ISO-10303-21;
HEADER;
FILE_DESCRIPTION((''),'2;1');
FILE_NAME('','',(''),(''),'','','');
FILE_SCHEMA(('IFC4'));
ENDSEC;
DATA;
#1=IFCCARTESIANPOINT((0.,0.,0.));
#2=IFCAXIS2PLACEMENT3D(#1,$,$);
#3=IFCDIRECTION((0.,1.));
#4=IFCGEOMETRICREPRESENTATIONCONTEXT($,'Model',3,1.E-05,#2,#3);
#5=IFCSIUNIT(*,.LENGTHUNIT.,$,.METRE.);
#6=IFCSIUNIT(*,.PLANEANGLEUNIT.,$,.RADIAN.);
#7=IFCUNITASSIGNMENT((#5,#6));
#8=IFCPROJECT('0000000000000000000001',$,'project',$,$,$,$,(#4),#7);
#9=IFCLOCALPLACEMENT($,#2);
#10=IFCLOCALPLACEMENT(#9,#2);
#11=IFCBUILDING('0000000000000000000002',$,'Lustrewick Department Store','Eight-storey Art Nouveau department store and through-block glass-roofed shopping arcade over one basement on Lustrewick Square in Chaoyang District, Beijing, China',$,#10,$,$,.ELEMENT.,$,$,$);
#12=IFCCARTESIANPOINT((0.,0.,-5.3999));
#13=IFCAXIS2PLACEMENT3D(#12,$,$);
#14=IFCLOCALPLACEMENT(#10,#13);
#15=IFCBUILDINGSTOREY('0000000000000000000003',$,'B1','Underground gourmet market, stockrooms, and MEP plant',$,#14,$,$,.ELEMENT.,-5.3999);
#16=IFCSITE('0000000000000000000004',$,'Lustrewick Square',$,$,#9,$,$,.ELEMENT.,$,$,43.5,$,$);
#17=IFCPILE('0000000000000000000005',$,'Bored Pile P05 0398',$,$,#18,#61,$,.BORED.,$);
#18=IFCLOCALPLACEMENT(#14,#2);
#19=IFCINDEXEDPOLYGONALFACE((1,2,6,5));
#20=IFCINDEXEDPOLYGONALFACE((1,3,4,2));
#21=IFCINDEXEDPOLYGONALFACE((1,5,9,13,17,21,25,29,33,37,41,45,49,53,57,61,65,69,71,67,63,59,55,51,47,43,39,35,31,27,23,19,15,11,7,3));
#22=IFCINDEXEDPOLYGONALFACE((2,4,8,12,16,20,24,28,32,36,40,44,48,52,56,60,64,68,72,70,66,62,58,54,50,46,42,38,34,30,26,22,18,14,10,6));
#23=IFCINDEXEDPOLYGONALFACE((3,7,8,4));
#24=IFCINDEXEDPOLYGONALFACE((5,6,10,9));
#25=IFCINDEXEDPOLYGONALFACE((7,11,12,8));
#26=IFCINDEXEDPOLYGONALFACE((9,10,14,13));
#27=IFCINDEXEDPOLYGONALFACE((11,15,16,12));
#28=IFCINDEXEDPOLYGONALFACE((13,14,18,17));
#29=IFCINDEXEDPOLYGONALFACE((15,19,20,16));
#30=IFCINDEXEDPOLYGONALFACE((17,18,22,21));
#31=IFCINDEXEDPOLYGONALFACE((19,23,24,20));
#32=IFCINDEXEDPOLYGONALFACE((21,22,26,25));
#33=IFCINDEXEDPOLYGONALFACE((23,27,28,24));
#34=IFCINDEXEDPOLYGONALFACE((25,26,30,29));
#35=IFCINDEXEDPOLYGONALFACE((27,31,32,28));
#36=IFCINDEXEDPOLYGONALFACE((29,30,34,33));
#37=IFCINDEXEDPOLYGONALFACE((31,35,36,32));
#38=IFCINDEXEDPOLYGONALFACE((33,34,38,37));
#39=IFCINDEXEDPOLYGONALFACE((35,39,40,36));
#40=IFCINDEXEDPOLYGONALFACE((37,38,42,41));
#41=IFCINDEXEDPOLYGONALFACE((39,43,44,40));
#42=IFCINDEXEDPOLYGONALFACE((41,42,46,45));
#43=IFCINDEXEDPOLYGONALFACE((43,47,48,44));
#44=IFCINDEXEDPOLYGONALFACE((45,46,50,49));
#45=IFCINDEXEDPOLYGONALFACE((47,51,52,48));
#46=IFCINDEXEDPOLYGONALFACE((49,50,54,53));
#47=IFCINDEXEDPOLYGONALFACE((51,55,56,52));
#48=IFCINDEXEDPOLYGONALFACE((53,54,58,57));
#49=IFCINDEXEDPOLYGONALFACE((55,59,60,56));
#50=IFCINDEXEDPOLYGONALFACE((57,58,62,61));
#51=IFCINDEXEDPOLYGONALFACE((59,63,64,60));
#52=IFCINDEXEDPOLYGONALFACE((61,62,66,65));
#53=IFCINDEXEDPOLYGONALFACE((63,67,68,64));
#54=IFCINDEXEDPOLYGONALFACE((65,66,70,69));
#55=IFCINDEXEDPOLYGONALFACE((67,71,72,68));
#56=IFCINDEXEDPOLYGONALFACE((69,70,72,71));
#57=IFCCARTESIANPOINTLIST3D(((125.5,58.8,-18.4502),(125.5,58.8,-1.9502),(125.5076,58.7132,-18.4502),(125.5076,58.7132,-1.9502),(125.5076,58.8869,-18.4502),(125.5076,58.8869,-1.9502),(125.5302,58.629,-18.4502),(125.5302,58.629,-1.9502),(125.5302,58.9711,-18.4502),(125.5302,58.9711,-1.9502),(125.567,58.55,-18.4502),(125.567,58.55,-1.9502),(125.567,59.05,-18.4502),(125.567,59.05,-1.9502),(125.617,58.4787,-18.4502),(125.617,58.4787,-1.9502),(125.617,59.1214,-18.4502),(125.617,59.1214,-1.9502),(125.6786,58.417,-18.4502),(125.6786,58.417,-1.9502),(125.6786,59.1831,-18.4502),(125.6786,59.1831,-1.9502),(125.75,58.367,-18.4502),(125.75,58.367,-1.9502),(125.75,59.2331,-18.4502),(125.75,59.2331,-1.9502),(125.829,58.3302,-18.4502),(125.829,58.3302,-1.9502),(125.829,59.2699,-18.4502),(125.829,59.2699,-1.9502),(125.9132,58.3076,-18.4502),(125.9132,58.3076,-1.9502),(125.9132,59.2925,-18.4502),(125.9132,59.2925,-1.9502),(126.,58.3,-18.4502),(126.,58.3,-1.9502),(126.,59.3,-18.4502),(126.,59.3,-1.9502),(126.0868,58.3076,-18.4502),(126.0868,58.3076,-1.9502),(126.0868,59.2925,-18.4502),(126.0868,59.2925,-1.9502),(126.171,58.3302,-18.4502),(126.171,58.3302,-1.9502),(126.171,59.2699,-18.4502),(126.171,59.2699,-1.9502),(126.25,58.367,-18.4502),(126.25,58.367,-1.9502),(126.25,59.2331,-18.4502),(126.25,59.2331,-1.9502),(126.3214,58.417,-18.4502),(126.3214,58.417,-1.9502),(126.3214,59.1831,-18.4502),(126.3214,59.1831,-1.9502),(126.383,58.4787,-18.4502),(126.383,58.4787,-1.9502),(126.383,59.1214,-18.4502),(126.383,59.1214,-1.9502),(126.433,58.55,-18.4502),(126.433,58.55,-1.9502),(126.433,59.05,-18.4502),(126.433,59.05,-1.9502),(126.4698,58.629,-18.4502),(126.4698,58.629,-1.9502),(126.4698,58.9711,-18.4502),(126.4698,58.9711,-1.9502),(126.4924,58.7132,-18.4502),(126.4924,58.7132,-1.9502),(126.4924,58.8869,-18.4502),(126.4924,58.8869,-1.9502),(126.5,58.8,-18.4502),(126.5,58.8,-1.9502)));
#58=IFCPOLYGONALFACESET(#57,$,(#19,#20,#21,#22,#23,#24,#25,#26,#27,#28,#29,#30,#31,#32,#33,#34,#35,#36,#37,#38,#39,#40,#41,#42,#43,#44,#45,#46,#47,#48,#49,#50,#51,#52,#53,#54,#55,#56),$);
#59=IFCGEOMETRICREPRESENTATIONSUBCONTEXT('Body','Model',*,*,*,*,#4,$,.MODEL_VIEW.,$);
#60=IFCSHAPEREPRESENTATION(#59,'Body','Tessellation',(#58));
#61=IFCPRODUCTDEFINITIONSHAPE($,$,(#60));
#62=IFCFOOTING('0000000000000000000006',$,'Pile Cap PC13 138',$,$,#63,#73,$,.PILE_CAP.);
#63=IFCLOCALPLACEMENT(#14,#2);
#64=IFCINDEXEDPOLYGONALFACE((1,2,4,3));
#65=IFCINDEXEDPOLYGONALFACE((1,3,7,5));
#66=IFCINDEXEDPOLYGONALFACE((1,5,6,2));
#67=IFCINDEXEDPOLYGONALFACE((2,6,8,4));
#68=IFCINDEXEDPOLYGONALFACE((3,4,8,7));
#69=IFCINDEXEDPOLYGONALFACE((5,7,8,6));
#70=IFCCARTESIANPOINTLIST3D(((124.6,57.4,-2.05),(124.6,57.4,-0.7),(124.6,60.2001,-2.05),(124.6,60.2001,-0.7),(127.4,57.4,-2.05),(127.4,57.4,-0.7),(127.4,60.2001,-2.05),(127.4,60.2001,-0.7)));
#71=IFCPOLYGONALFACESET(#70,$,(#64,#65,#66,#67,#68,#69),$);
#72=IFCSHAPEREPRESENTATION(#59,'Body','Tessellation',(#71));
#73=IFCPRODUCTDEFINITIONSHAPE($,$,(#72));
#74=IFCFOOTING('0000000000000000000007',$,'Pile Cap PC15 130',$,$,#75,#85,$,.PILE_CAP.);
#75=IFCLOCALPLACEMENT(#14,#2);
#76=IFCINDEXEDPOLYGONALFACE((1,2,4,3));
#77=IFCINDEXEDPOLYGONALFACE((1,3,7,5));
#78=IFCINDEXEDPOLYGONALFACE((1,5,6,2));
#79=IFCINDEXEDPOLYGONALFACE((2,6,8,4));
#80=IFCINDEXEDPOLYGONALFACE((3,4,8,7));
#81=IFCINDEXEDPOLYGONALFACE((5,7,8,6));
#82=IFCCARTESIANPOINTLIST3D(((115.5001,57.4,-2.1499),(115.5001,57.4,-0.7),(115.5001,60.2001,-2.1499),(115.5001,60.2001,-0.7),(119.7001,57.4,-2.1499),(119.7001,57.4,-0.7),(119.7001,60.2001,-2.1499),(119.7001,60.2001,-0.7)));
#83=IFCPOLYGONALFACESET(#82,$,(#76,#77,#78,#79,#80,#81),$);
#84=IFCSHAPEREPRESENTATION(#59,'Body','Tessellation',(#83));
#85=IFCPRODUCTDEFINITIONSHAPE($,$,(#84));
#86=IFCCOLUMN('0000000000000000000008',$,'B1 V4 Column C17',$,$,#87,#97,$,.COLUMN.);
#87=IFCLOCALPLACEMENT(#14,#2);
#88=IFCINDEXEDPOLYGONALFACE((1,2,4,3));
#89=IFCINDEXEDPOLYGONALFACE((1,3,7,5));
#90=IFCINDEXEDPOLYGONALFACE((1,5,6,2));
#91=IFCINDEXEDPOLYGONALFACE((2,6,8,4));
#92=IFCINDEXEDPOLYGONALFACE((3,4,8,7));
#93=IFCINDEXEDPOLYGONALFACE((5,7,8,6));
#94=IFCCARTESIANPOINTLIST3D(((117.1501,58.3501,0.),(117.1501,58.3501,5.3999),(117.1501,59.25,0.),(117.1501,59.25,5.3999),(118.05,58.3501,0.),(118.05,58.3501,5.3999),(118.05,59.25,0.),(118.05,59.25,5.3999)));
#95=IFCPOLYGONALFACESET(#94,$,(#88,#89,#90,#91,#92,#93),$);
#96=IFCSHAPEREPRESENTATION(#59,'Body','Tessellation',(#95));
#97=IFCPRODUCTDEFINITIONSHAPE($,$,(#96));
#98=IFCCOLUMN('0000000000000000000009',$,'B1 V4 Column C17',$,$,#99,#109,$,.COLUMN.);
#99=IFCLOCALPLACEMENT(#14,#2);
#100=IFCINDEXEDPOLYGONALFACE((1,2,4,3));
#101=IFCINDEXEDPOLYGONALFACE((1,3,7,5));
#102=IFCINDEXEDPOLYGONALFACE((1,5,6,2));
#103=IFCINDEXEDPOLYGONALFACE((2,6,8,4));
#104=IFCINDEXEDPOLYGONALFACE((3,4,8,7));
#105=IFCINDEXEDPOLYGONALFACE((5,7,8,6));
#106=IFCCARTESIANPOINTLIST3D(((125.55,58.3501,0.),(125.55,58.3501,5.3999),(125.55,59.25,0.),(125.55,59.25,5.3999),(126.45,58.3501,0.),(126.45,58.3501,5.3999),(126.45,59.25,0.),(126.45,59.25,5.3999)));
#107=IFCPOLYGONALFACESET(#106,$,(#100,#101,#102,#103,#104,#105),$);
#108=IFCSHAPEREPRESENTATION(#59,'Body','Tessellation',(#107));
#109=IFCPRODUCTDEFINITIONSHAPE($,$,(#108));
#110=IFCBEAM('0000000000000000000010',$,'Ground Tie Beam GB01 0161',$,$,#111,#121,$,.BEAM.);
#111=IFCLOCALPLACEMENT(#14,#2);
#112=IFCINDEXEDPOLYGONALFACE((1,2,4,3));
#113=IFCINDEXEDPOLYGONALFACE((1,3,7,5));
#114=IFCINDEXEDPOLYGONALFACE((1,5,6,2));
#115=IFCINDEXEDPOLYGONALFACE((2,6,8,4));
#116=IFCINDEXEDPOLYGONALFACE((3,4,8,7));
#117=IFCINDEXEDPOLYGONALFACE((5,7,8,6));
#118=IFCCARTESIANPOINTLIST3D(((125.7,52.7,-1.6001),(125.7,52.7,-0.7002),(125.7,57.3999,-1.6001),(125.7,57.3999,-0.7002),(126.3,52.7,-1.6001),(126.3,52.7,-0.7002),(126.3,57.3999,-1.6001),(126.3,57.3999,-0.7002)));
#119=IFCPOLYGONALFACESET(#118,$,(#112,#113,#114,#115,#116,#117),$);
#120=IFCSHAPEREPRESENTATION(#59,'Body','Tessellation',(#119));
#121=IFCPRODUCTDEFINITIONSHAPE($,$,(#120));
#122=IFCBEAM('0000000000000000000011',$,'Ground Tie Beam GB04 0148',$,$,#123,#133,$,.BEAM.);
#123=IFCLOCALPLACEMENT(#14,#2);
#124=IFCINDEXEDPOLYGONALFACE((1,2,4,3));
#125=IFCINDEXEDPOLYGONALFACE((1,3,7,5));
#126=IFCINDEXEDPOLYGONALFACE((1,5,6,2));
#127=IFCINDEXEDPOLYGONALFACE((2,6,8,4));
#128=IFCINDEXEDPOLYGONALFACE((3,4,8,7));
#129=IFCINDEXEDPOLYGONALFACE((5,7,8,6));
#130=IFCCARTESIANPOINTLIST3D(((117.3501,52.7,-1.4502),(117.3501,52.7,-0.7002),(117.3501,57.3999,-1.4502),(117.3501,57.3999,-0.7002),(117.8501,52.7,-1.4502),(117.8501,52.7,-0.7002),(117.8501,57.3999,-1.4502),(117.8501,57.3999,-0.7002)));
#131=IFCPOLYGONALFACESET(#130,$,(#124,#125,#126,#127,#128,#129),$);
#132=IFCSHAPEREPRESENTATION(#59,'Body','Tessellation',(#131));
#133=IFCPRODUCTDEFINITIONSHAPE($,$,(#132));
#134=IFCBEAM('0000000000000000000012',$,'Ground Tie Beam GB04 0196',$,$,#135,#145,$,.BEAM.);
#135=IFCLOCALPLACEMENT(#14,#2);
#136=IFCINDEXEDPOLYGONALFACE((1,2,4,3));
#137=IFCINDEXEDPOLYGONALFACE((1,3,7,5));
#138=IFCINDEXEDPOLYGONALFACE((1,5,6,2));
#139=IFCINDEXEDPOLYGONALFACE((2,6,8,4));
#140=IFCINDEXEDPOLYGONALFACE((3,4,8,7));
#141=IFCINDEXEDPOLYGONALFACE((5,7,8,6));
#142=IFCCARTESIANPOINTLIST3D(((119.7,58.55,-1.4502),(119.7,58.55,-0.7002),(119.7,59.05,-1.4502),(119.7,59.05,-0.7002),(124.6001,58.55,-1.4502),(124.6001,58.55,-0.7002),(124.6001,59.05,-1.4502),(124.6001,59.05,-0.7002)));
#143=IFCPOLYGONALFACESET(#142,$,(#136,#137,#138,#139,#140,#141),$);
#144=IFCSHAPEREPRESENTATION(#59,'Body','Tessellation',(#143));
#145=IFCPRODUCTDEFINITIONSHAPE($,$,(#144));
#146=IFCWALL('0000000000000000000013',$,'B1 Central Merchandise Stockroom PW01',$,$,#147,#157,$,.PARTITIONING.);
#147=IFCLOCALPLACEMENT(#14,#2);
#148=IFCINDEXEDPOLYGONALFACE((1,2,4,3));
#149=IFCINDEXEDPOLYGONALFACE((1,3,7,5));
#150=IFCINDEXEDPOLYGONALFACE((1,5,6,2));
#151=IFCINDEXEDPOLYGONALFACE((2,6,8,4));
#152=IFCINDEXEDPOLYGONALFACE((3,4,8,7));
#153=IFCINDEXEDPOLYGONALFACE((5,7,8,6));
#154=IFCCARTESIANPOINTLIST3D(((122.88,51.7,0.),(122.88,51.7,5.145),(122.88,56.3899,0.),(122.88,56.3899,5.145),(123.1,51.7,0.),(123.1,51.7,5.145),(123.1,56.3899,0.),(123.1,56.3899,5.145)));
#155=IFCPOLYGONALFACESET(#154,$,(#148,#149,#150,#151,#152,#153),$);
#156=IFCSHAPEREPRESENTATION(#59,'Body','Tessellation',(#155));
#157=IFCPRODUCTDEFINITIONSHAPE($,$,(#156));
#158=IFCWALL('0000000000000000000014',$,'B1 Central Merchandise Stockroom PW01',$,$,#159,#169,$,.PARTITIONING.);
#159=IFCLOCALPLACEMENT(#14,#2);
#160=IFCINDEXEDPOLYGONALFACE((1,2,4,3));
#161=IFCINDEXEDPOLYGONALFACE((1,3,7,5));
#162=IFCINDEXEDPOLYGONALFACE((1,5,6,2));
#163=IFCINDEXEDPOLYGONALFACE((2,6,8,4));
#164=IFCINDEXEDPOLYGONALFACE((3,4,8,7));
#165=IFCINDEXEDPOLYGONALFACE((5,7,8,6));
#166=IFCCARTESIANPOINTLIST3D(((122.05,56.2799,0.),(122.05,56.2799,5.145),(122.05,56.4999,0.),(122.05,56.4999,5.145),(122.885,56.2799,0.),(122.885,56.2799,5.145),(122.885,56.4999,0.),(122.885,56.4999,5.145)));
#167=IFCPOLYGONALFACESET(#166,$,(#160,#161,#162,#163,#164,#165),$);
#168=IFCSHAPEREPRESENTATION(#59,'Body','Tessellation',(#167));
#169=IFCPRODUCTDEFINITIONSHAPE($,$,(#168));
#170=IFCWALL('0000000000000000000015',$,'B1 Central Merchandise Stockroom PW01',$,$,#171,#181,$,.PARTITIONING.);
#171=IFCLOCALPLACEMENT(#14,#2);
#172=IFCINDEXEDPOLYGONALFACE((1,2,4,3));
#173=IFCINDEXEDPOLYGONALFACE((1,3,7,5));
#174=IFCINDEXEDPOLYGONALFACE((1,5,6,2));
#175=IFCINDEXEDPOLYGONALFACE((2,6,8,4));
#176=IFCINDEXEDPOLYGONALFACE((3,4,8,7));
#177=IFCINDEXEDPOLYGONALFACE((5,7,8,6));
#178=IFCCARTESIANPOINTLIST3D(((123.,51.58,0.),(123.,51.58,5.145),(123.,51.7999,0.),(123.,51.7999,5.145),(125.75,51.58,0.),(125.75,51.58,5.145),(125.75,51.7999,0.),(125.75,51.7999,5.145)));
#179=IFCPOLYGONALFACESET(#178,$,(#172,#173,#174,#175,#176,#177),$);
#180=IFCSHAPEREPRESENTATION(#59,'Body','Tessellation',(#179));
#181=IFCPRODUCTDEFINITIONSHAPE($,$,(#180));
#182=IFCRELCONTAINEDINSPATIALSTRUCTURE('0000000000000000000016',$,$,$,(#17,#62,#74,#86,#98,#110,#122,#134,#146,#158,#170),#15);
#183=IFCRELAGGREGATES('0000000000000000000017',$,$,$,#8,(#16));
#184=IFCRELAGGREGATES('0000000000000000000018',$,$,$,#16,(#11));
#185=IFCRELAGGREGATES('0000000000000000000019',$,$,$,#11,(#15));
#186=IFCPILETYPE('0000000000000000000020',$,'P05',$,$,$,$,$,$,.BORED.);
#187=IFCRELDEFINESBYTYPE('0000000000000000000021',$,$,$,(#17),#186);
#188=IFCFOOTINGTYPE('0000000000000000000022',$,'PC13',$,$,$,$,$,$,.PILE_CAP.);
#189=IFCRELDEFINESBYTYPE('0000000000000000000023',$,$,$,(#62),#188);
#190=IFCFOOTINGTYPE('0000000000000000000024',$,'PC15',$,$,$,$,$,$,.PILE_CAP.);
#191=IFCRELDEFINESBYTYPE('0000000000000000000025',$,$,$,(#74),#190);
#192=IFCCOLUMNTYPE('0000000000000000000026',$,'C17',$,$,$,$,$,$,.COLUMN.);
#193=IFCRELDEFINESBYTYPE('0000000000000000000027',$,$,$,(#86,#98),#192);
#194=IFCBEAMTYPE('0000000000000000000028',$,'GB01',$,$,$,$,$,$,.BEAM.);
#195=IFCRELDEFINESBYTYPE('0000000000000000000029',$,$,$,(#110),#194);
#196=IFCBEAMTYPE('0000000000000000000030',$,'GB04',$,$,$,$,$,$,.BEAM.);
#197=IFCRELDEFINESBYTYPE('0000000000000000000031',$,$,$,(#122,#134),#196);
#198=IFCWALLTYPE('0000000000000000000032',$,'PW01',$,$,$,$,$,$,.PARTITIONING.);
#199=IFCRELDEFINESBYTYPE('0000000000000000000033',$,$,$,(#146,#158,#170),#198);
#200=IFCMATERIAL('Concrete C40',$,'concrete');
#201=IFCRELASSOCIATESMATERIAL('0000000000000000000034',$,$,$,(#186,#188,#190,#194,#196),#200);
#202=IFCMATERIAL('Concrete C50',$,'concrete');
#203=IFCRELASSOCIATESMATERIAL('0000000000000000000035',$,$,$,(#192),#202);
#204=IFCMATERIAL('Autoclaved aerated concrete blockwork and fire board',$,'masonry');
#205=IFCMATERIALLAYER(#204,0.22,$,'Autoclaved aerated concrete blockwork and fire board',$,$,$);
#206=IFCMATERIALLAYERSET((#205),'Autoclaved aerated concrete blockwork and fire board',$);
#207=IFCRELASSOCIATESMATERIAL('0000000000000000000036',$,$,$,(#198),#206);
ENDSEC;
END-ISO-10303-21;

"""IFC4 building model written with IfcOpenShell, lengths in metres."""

from ifc_helpers import new_model, si_unit, direction, frame, frame_2d, origin, origin_2d, place, context, subcontext, project, spatial, rectangle, circle, extrude, material, layer, layer_set, material_profile, profile_set, type_object, element, save


model = new_model("IFC4")

# Units and contexts
model_context = context("Model", 3, precision=1e-05, world=origin(), true_north=direction((0.0, 1.0)))
body_context = subcontext(model_context, "Body", "Model", "MODEL_VIEW")
ifc_project = project(units=[si_unit("LENGTHUNIT", "METRE"), si_unit("PLANEANGLEUNIT", "RADIAN")], contexts=[model_context])

# Site, building, storey
site_placement = place(None, origin())
site = spatial("IfcSite", under=ifc_project, at=site_placement, Name="Lustrewick Square", CompositionType="ELEMENT", RefElevation=43.5)
building_placement = place(site_placement, origin())
building = spatial("IfcBuilding", under=site, at=building_placement, Name="Lustrewick Department Store", Description="Eight-storey Art Nouveau department store and through-block glass-roofed shopping arcade over one basement on Lustrewick Square in Chaoyang District, Beijing, China", CompositionType="ELEMENT")
storey_placement = place(building_placement, frame((0.0, 0.0, -5.3999)))
storey = spatial("IfcBuildingStorey", under=building, at=storey_placement, Name="B1", Description="Underground gourmet market, stockrooms, and MEP plant", CompositionType="ELEMENT", Elevation=-5.3999)

# Pile
ifc_material_1 = material(Name="Concrete C40", Category="concrete")
ifc_material_profile_1 = material_profile(ifc_material_1, circle(Radius=0.5, at=origin_2d()), Name="PILE D1000")
ifc_profile_set_1 = profile_set([ifc_material_profile_1], Name="Concrete C40")
pile_type_1 = type_object("IfcPileType", Name="P05", PredefinedType="BORED", material=ifc_profile_set_1)
pile_1_placement = place(storey_placement, frame((126.0, 58.8, -1.9502), z_axis=(0.0, 0.0, -1.0), x_axis=(1.0, 0.0, 0.0)))
element("IfcPile", 1, at=pile_1_placement, inside=storey, type_object=pile_type_1, Name="Bored Pile P05 0398", PredefinedType="BORED", context=body_context, shape_type="SweptSolid", body=[
    extrude(circle(Radius=0.5, at=origin_2d()), origin(), (0.0, 0.0, 1.0), 16.5),
])

# Footings
footing_type_1 = type_object("IfcFootingType", Name="PC13", PredefinedType="PILE_CAP", material=ifc_material_1)
footing_1_placement = place(storey_placement, frame((126.0, 58.8, -2.05), z_axis=(0.0, 0.0, 1.0), x_axis=(1.0, 0.0, 0.0)))
element("IfcFooting", 2, at=footing_1_placement, inside=storey, type_object=footing_type_1, Name="Pile Cap PC13 138", PredefinedType="PILE_CAP", context=body_context, shape_type="SweptSolid", body=[
    extrude(rectangle(XDim=2.8, YDim=2.8, at=origin_2d()), origin(), (0.0, 0.0, 1.0), 1.3501),
])
footing_type_2 = type_object("IfcFootingType", Name="PC15", PredefinedType="PILE_CAP", material=ifc_material_1)
footing_2_placement = place(storey_placement, frame((117.6001, 58.8, -2.1499), z_axis=(0.0, 0.0, 1.0), x_axis=(1.0, 0.0, 0.0)))
element("IfcFooting", 3, at=footing_2_placement, inside=storey, type_object=footing_type_2, Name="Pile Cap PC15 130", PredefinedType="PILE_CAP", context=body_context, shape_type="SweptSolid", body=[
    extrude(rectangle(XDim=4.2, YDim=2.8, at=origin_2d()), origin(), (0.0, 0.0, 1.0), 1.45),
])

# Columns
ifc_material_2 = material(Name="Concrete C50", Category="concrete")
ifc_material_profile_2 = material_profile(ifc_material_2, rectangle(XDim=0.8999, YDim=0.8999, at=origin_2d()), Name="RC 900x900")
ifc_profile_set_2 = profile_set([ifc_material_profile_2], Name="Concrete C50")
column_type = type_object("IfcColumnType", Name="C17", PredefinedType="COLUMN", material=ifc_profile_set_2)
for number, where, z_axis, x_axis, name in (
    (4, (117.6001, 58.8, 0.0), (0.0, 0.0, 1.0), (1.0, 0.0, 0.0), "B1 V4 Column C17"),
    (5, (126.0, 58.8, 0.0), (0.0, 0.0, 1.0), (1.0, 0.0, 0.0), "B1 V4 Column C17"),
):
    element("IfcColumn", number, at=place(storey_placement, frame(where, z_axis=z_axis, x_axis=x_axis)), inside=storey, type_object=column_type, Name=name, PredefinedType="COLUMN", context=body_context, shape_type="SweptSolid", body=[
        extrude(rectangle(XDim=0.8999, YDim=0.8999, at=origin_2d()), origin(), (0.0, 0.0, 1.0), 5.3999),
    ])

# Beams
ifc_material_profile_3 = material_profile(ifc_material_1, rectangle(XDim=0.6001, YDim=0.8999, at=origin_2d()), Name="RC 600x900")
ifc_profile_set_3 = profile_set([ifc_material_profile_3], Name="Concrete C40")
beam_type_1 = type_object("IfcBeamType", Name="GB01", PredefinedType="BEAM", material=ifc_profile_set_3)
beam_1_placement = place(storey_placement, frame((126.0, 52.7, -1.1501), z_axis=(0.0, 1.0, 0.0), x_axis=(-1.0, 0.0, 0.0)))
element("IfcBeam", 6, at=beam_1_placement, inside=storey, type_object=beam_type_1, Name="Ground Tie Beam GB01 0161", PredefinedType="BEAM", context=body_context, shape_type="SweptSolid", body=[
    extrude(rectangle(XDim=0.6001, YDim=0.8999, at=origin_2d()), origin(), (0.0, 0.0, 1.0), 4.7),
])
ifc_material_profile_4 = material_profile(ifc_material_1, rectangle(XDim=0.5, YDim=0.75, at=origin_2d()), Name="RC 500x750")
ifc_profile_set_4 = profile_set([ifc_material_profile_4], Name="Concrete C40")
beam_type_2 = type_object("IfcBeamType", Name="GB04", PredefinedType="BEAM", material=ifc_profile_set_4)
beam_2_placement = place(storey_placement, frame((117.6001, 52.7, -1.0752), z_axis=(0.0, 1.0, 0.0), x_axis=(-1.0, 0.0, 0.0)))
element("IfcBeam", 7, at=beam_2_placement, inside=storey, type_object=beam_type_2, Name="Ground Tie Beam GB04 0148", PredefinedType="BEAM", context=body_context, shape_type="SweptSolid", body=[
    extrude(rectangle(XDim=0.5, YDim=0.75, at=origin_2d()), origin(), (0.0, 0.0, 1.0), 4.7),
])
beam_3_placement = place(storey_placement, frame((119.7, 58.8, -1.0752), z_axis=(1.0, 0.0, 0.0), x_axis=(0.0, 1.0, 0.0)))
element("IfcBeam", 8, at=beam_3_placement, inside=storey, type_object=beam_type_2, Name="Ground Tie Beam GB04 0196", PredefinedType="BEAM", context=body_context, shape_type="SweptSolid", body=[
    extrude(rectangle(XDim=0.5, YDim=0.75, at=origin_2d()), origin(), (0.0, 0.0, 1.0), 4.9001),
])

# Walls
ifc_material_3 = material(Name="Autoclaved aerated concrete blockwork and fire board", Category="masonry")
ifc_layer_1 = layer(ifc_material_3, 0.22, Name="Autoclaved aerated concrete blockwork and fire board")
ifc_layer_set_1 = layer_set([ifc_layer_1], Name="Autoclaved aerated concrete blockwork and fire board")
wall_type_1 = type_object("IfcWallType", Name="PW01", PredefinedType="PARTITIONING", material=ifc_layer_set_1)
wall_1_placement = place(storey_placement, frame((122.99, 51.7, 0.0), z_axis=(0.0, 0.0, 1.0), x_axis=(0.0, 1.0, 0.0)))
element("IfcWall", 9, at=wall_1_placement, inside=storey, type_object=wall_type_1, Name="B1 Central Merchandise Stockroom PW01", PredefinedType="PARTITIONING", context=body_context, shape_type="SweptSolid", body=[
    extrude(rectangle(XDim=4.6899, YDim=0.22, at=frame_2d((2.345, 0.0))), origin(), (0.0, 0.0, 1.0), 5.145),
])
wall_2_placement = place(storey_placement, frame((122.885, 56.3899, 0.0), z_axis=(0.0, 0.0, 1.0), x_axis=(-1.0, 0.0, 0.0)))
element("IfcWall", 10, at=wall_2_placement, inside=storey, type_object=wall_type_1, Name="B1 Central Merchandise Stockroom PW01", PredefinedType="PARTITIONING", context=body_context, shape_type="SweptSolid", body=[
    extrude(rectangle(XDim=0.835, YDim=0.22, at=frame_2d((0.4175, 0.0))), origin(), (0.0, 0.0, 1.0), 5.145),
])
wall_3_placement = place(storey_placement, frame((125.75, 51.6899, 0.0), z_axis=(0.0, 0.0, 1.0), x_axis=(-1.0, 0.0, 0.0)))
element("IfcWall", 11, at=wall_3_placement, inside=storey, type_object=wall_type_1, Name="B1 Central Merchandise Stockroom PW01", PredefinedType="PARTITIONING", context=body_context, shape_type="SweptSolid", body=[
    extrude(rectangle(XDim=2.75, YDim=0.22, at=frame_2d((1.375, 0.0))), origin(), (0.0, 0.0, 1.0), 5.145),
])

save(model, "model.ifc")
